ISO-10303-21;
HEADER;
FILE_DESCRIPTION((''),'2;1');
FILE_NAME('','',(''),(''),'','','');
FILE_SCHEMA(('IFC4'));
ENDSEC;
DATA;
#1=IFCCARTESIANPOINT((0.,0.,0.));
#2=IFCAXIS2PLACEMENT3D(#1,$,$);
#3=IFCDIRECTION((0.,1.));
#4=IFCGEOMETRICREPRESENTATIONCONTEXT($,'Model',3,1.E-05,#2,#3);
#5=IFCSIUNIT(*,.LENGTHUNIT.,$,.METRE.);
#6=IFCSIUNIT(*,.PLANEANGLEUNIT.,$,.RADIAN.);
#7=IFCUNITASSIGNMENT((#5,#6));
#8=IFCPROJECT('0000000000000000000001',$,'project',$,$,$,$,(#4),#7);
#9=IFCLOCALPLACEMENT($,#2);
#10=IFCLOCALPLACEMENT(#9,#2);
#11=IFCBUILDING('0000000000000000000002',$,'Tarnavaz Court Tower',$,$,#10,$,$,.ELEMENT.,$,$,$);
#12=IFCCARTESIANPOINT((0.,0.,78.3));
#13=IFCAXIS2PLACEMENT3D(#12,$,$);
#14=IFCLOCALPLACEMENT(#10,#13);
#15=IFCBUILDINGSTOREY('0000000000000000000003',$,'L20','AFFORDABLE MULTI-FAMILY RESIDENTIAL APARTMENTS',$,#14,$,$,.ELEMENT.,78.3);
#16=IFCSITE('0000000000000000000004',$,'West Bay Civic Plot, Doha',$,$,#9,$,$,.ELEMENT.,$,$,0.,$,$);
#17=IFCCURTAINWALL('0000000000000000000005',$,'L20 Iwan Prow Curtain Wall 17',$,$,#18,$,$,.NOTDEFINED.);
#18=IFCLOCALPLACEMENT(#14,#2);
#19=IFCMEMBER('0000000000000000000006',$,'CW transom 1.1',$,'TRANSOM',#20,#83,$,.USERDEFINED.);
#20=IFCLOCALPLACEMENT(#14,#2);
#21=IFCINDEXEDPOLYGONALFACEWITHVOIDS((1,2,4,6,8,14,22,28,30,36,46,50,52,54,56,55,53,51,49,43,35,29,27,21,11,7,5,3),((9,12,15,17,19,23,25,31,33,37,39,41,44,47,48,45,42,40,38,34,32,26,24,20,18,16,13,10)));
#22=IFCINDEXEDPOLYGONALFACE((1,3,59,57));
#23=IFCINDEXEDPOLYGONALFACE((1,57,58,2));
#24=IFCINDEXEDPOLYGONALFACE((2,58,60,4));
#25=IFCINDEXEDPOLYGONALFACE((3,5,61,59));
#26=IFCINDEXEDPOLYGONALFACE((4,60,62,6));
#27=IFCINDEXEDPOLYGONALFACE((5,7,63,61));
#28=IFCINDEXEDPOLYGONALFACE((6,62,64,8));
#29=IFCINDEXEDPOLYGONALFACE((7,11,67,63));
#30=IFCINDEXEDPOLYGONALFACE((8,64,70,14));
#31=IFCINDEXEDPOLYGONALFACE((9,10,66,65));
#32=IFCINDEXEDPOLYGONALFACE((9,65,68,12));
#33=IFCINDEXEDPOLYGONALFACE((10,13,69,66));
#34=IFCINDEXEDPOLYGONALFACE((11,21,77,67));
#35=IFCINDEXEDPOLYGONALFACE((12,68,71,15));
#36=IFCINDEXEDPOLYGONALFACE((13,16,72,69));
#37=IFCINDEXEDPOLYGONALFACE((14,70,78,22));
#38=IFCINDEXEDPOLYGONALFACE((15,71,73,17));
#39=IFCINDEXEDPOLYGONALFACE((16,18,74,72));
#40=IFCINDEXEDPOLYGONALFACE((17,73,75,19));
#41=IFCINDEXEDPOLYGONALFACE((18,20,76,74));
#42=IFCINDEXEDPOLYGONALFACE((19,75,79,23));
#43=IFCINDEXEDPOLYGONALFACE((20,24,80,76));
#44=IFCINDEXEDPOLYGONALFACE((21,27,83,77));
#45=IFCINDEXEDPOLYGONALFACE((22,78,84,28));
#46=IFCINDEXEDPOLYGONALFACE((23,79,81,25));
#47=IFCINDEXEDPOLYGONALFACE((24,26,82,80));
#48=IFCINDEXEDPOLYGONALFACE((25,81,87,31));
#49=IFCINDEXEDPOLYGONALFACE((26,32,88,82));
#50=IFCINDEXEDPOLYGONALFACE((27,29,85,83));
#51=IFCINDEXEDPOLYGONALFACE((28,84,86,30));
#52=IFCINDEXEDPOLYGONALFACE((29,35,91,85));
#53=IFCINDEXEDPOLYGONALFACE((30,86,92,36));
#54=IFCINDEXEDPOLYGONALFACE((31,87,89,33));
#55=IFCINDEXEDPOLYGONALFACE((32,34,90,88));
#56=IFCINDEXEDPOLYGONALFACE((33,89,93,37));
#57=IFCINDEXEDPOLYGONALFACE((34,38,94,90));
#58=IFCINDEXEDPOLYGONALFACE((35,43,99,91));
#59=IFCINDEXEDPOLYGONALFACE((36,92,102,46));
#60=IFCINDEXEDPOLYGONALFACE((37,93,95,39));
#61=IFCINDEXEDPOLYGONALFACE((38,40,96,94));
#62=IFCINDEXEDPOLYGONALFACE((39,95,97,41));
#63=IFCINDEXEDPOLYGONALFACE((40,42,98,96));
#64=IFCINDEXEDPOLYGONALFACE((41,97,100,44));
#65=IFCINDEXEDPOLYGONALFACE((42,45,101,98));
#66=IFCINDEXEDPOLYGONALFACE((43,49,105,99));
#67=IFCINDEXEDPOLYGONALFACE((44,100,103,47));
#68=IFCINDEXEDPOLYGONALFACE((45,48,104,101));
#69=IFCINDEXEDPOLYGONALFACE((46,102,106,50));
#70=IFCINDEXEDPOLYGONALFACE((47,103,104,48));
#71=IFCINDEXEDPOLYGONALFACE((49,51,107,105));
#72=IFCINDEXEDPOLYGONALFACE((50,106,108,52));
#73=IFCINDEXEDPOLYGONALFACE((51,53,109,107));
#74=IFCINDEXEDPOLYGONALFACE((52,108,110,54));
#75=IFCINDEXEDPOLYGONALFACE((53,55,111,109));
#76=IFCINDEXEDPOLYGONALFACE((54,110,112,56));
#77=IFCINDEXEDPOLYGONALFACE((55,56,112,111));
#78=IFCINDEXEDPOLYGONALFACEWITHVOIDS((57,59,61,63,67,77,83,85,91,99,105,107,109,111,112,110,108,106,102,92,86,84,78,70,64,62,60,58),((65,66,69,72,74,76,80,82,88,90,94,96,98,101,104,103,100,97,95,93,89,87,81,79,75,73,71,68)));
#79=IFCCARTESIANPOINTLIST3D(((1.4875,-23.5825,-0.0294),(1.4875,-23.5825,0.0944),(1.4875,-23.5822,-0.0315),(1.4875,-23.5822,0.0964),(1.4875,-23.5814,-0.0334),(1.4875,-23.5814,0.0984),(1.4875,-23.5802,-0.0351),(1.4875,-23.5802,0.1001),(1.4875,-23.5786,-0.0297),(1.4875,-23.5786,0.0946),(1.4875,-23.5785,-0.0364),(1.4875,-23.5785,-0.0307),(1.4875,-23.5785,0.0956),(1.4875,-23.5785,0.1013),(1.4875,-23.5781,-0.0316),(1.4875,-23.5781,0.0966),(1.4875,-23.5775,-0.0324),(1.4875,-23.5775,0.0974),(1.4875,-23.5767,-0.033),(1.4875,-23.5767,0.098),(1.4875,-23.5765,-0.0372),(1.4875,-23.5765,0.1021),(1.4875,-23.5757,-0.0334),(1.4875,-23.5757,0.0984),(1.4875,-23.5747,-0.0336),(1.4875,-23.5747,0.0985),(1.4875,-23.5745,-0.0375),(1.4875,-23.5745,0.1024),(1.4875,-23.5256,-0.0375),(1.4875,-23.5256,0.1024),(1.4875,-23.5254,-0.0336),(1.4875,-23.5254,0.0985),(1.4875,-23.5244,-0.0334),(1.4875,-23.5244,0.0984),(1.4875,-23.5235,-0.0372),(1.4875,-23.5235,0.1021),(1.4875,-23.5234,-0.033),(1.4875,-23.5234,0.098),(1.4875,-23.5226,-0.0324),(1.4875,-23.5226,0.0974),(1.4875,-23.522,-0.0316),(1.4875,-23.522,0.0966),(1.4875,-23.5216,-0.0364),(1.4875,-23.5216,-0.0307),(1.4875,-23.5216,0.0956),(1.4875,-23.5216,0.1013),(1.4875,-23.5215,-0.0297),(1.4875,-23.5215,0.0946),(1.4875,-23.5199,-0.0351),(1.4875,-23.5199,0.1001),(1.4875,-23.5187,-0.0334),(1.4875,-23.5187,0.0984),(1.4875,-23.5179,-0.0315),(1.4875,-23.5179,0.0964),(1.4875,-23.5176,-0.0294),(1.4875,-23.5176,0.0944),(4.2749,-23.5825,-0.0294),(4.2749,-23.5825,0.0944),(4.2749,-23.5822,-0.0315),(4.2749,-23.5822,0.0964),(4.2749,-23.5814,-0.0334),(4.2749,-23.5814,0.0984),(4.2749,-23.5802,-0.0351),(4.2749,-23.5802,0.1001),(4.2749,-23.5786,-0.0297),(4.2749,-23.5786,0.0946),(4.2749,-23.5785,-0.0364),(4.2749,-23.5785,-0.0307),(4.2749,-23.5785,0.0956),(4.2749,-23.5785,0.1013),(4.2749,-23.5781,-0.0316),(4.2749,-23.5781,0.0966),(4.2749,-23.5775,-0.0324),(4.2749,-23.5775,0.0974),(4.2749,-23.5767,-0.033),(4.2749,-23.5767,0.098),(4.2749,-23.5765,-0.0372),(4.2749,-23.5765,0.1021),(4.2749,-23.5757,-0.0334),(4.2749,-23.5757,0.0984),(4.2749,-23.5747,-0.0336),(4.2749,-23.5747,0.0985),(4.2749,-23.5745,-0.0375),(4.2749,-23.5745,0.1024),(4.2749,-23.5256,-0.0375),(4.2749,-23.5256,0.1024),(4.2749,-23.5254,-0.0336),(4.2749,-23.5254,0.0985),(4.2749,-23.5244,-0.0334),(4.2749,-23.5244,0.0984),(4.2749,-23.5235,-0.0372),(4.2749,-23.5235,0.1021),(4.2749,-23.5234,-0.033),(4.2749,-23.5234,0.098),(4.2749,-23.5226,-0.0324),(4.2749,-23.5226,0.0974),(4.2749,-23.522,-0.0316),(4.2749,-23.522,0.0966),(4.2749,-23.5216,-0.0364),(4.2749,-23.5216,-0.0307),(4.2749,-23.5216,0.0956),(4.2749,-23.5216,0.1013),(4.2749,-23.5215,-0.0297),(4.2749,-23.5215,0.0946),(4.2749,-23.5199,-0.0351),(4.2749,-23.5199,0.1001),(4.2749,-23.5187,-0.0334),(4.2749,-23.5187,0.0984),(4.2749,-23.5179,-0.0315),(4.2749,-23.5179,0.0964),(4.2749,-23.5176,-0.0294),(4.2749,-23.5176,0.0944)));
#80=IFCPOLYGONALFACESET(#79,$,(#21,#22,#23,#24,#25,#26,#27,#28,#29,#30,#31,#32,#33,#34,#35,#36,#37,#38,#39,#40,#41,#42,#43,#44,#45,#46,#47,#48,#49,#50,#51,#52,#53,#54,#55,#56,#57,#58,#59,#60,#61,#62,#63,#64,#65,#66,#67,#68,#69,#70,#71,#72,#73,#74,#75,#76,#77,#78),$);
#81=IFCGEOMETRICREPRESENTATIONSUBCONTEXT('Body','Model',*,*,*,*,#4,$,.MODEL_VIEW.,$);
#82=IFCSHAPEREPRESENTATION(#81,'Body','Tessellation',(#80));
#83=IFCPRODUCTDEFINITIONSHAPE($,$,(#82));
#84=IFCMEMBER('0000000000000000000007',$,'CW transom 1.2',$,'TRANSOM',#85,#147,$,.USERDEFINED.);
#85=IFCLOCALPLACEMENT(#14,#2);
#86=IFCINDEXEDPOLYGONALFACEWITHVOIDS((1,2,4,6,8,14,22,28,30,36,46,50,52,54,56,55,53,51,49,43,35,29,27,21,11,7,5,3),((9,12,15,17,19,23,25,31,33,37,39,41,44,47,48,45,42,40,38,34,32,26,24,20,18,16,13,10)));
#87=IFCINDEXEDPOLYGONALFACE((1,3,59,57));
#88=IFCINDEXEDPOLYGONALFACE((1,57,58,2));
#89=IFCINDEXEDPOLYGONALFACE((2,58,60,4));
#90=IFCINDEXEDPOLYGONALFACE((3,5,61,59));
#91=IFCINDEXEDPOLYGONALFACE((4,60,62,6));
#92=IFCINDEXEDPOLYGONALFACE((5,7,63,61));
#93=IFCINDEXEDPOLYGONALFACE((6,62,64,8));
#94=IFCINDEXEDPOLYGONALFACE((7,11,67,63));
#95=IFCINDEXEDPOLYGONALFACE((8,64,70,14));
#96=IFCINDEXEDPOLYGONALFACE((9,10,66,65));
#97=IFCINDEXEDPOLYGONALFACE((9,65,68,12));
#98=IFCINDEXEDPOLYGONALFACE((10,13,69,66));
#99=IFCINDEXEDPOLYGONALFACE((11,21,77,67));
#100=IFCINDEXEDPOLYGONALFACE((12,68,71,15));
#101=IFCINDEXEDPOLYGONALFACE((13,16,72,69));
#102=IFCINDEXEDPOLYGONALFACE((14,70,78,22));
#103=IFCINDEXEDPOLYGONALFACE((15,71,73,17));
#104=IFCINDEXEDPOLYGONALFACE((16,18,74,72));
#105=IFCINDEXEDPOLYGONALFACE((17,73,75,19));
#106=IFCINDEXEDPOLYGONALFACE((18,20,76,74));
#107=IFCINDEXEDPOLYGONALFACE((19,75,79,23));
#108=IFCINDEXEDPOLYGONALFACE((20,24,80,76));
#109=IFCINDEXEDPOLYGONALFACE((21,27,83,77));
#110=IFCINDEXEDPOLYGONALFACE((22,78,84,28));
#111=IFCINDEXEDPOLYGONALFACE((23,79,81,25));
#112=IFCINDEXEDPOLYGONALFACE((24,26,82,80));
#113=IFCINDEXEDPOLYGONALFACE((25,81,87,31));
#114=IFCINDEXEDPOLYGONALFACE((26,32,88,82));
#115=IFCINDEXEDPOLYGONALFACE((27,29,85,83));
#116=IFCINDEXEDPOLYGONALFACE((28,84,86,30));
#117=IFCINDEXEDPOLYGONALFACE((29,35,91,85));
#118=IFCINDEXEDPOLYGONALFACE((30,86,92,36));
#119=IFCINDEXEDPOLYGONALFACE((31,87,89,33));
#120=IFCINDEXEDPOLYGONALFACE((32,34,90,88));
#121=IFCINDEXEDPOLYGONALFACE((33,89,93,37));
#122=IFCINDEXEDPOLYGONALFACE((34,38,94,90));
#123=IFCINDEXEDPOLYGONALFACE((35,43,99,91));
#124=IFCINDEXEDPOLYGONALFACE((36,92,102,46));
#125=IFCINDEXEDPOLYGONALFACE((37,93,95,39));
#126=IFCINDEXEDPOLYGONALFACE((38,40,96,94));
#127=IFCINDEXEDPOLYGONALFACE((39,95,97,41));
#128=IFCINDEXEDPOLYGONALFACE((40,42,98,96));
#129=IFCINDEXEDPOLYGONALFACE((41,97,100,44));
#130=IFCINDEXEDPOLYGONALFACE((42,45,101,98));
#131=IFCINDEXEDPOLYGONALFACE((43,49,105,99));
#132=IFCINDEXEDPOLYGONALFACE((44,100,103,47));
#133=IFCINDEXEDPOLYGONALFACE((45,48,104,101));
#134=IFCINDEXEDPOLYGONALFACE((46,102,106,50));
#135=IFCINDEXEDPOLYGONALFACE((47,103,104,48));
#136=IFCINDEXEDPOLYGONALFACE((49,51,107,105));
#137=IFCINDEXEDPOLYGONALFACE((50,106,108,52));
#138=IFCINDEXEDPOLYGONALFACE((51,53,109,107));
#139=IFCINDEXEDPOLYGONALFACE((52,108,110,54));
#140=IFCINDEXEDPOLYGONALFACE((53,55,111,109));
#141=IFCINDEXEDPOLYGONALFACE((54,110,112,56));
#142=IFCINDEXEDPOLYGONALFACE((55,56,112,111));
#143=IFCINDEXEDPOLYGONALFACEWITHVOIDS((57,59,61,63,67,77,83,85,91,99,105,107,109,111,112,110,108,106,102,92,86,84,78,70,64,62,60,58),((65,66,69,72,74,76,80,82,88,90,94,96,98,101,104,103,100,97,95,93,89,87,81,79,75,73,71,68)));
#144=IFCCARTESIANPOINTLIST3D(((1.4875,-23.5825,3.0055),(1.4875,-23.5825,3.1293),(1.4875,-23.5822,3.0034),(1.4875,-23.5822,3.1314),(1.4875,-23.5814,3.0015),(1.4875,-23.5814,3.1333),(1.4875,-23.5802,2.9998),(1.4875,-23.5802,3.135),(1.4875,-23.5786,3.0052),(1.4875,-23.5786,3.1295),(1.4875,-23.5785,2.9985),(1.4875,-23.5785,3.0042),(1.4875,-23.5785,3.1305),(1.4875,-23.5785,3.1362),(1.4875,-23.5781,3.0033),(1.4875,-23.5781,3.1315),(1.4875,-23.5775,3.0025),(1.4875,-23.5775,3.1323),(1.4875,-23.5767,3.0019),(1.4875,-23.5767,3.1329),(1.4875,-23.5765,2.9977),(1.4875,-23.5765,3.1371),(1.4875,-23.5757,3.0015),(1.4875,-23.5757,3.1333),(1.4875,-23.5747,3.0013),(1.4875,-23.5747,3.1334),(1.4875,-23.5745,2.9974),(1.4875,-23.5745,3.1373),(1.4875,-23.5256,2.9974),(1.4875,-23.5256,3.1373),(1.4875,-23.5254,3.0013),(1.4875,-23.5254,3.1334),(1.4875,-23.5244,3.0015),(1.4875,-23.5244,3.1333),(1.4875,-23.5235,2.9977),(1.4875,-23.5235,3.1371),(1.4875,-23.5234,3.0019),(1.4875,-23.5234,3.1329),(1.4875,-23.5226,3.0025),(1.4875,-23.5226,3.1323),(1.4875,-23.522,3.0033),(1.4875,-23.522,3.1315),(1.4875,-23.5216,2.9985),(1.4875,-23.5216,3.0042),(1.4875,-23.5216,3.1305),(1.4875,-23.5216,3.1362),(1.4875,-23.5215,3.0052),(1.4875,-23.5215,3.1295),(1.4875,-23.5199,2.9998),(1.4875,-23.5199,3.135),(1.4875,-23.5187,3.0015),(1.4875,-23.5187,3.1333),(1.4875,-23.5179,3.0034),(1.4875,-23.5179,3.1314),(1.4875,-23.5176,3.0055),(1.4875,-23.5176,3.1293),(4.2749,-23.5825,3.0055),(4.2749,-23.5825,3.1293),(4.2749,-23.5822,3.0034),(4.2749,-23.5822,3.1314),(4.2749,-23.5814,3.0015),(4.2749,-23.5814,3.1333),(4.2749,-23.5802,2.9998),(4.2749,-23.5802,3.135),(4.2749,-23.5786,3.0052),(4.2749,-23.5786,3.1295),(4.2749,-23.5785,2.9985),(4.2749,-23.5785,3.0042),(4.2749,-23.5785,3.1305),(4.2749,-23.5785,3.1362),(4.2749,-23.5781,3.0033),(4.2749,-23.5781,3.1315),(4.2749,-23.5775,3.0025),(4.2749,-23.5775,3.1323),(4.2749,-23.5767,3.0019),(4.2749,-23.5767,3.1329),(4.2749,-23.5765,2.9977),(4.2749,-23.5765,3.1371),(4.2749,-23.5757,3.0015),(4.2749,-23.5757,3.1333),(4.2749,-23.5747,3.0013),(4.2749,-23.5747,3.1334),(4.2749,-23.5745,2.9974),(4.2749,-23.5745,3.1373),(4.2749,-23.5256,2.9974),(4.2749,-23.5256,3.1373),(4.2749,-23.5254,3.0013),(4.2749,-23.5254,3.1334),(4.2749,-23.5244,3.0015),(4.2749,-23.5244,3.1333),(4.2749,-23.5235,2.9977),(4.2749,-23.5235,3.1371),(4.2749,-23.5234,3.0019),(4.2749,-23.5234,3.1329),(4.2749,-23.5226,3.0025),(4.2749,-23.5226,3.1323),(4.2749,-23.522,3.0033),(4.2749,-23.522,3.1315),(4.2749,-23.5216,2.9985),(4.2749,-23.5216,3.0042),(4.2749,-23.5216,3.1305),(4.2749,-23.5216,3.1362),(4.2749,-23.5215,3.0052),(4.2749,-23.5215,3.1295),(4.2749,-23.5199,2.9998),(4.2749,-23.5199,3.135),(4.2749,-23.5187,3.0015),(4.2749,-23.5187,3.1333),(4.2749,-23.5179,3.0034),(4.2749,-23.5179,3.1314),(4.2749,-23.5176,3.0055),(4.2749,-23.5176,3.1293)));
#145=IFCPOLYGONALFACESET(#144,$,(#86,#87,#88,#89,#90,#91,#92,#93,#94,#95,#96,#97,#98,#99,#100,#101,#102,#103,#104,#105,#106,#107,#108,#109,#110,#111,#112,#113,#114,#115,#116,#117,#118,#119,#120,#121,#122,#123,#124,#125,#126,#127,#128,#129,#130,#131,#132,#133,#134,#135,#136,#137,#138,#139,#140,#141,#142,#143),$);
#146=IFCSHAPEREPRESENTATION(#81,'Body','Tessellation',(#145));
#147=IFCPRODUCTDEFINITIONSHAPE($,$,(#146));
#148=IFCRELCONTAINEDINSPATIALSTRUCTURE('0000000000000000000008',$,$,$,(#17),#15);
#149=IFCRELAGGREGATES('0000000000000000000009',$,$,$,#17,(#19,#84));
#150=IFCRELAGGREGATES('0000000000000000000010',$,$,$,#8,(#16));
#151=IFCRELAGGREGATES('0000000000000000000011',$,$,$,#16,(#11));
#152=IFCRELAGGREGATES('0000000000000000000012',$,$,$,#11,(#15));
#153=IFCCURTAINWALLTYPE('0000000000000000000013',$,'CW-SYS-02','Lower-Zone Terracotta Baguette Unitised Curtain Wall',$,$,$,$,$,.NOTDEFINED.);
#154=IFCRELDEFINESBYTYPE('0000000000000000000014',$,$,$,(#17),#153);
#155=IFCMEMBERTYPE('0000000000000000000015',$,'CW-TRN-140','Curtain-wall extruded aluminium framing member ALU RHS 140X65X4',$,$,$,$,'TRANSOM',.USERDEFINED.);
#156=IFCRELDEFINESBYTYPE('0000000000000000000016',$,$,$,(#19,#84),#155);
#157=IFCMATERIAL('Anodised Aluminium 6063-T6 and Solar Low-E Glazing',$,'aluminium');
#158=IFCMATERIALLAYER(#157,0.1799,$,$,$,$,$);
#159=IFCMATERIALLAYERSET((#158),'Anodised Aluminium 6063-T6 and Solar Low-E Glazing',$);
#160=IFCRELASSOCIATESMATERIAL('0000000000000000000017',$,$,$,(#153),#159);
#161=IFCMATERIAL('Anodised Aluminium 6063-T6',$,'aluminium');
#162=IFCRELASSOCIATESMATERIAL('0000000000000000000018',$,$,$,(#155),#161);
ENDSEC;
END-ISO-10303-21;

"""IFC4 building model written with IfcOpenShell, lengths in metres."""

from ifc_helpers import new_model, si_unit, direction, frame, origin, origin_2d, place, context, subcontext, project, spatial, hollow_rectangle, extrude, material, layer, layer_set, material_profile, profile_set, type_object, element, aggregate, save


model = new_model("IFC4")

# Units and contexts
model_context = context("Model", 3, precision=1e-05, world=origin(), true_north=direction((0.0, 1.0)))
body_context = subcontext(model_context, "Body", "Model", "MODEL_VIEW")
ifc_project = project(units=[si_unit("LENGTHUNIT", "METRE"), si_unit("PLANEANGLEUNIT", "RADIAN")], contexts=[model_context])

# Site, building, storey
site_placement = place(None, origin())
site = spatial("IfcSite", under=ifc_project, at=site_placement, Name="West Bay Civic Plot, Doha", CompositionType="ELEMENT", RefElevation=0.0)
building_placement = place(site_placement, origin())
building = spatial("IfcBuilding", under=site, at=building_placement, Name="Tarnavaz Court Tower", CompositionType="ELEMENT")
storey_placement = place(building_placement, frame((0.0, 0.0, 78.3)))
storey = spatial("IfcBuildingStorey", under=building, at=storey_placement, Name="L20", Description="AFFORDABLE MULTI-FAMILY RESIDENTIAL APARTMENTS", CompositionType="ELEMENT", Elevation=78.3)

# Curtain wall, members
ifc_material_1 = material(Name="Anodised Aluminium 6063-T6 and Solar Low-E Glazing", Category="aluminium")
ifc_layer_1 = layer(ifc_material_1, 0.1799)
ifc_layer_set_1 = layer_set([ifc_layer_1], Name="Anodised Aluminium 6063-T6 and Solar Low-E Glazing")
curtain_wall_type = type_object("IfcCurtainWallType", Name="CW-SYS-02", Description="Lower-Zone Terracotta Baguette Unitised Curtain Wall", PredefinedType="NOTDEFINED", material=ifc_layer_set_1)
curtain_wall_placement = place(storey_placement, origin())
curtain_wall = element("IfcCurtainWall", 1, at=curtain_wall_placement, inside=storey, type_object=curtain_wall_type, Name="L20 Iwan Prow Curtain Wall 17", PredefinedType="NOTDEFINED")
ifc_material_2 = material(Name="Anodised Aluminium 6063-T6", Category="aluminium")
ifc_material_profile_1 = material_profile(ifc_material_2, hollow_rectangle(XDim=0.0649, YDim=0.1399, WallThickness=0.0039, InnerFilletRadius=0.0039, OuterFilletRadius=0.0081, at=origin_2d()), Name="ALU RHS 140X65X4")
ifc_profile_set_1 = profile_set([ifc_material_profile_1], Name="Anodised Aluminium 6063-T6")
member_type_1 = type_object("IfcMemberType", Name="CW-TRN-140", Description="Curtain-wall extruded aluminium framing member ALU RHS 140X65X4", ElementType="TRANSOM", PredefinedType="USERDEFINED", material=ifc_profile_set_1)
member_1_placement = place(storey_placement, frame((4.2749, -23.55, 0.0325), z_axis=(-1.0, 0.0, 0.0), x_axis=(0.0, -1.0, 0.0)))
member_1 = element("IfcMember", 2, at=member_1_placement, type_object=member_type_1, Name="CW transom 1.1", ObjectType="TRANSOM", PredefinedType="USERDEFINED", context=body_context, shape_type="SweptSolid", body=[
    extrude(hollow_rectangle(XDim=0.0649, YDim=0.1399, WallThickness=0.0039, InnerFilletRadius=0.0039, OuterFilletRadius=0.0081, at=origin_2d()), origin(), (0.0, 0.0, 1.0), 2.7874),
])
member_2_placement = place(storey_placement, frame((4.2749, -23.55, 3.0674), z_axis=(-1.0, 0.0, 0.0), x_axis=(0.0, -1.0, 0.0)))
member_2 = element("IfcMember", 3, at=member_2_placement, type_object=member_type_1, Name="CW transom 1.2", ObjectType="TRANSOM", PredefinedType="USERDEFINED", context=body_context, shape_type="SweptSolid", body=[
    extrude(hollow_rectangle(XDim=0.0649, YDim=0.1399, WallThickness=0.0039, InnerFilletRadius=0.0039, OuterFilletRadius=0.0081, at=origin_2d()), origin(), (0.0, 0.0, 1.0), 2.7874),
])
aggregate(curtain_wall, [member_1, member_2])

save(model, "model.ifc")
